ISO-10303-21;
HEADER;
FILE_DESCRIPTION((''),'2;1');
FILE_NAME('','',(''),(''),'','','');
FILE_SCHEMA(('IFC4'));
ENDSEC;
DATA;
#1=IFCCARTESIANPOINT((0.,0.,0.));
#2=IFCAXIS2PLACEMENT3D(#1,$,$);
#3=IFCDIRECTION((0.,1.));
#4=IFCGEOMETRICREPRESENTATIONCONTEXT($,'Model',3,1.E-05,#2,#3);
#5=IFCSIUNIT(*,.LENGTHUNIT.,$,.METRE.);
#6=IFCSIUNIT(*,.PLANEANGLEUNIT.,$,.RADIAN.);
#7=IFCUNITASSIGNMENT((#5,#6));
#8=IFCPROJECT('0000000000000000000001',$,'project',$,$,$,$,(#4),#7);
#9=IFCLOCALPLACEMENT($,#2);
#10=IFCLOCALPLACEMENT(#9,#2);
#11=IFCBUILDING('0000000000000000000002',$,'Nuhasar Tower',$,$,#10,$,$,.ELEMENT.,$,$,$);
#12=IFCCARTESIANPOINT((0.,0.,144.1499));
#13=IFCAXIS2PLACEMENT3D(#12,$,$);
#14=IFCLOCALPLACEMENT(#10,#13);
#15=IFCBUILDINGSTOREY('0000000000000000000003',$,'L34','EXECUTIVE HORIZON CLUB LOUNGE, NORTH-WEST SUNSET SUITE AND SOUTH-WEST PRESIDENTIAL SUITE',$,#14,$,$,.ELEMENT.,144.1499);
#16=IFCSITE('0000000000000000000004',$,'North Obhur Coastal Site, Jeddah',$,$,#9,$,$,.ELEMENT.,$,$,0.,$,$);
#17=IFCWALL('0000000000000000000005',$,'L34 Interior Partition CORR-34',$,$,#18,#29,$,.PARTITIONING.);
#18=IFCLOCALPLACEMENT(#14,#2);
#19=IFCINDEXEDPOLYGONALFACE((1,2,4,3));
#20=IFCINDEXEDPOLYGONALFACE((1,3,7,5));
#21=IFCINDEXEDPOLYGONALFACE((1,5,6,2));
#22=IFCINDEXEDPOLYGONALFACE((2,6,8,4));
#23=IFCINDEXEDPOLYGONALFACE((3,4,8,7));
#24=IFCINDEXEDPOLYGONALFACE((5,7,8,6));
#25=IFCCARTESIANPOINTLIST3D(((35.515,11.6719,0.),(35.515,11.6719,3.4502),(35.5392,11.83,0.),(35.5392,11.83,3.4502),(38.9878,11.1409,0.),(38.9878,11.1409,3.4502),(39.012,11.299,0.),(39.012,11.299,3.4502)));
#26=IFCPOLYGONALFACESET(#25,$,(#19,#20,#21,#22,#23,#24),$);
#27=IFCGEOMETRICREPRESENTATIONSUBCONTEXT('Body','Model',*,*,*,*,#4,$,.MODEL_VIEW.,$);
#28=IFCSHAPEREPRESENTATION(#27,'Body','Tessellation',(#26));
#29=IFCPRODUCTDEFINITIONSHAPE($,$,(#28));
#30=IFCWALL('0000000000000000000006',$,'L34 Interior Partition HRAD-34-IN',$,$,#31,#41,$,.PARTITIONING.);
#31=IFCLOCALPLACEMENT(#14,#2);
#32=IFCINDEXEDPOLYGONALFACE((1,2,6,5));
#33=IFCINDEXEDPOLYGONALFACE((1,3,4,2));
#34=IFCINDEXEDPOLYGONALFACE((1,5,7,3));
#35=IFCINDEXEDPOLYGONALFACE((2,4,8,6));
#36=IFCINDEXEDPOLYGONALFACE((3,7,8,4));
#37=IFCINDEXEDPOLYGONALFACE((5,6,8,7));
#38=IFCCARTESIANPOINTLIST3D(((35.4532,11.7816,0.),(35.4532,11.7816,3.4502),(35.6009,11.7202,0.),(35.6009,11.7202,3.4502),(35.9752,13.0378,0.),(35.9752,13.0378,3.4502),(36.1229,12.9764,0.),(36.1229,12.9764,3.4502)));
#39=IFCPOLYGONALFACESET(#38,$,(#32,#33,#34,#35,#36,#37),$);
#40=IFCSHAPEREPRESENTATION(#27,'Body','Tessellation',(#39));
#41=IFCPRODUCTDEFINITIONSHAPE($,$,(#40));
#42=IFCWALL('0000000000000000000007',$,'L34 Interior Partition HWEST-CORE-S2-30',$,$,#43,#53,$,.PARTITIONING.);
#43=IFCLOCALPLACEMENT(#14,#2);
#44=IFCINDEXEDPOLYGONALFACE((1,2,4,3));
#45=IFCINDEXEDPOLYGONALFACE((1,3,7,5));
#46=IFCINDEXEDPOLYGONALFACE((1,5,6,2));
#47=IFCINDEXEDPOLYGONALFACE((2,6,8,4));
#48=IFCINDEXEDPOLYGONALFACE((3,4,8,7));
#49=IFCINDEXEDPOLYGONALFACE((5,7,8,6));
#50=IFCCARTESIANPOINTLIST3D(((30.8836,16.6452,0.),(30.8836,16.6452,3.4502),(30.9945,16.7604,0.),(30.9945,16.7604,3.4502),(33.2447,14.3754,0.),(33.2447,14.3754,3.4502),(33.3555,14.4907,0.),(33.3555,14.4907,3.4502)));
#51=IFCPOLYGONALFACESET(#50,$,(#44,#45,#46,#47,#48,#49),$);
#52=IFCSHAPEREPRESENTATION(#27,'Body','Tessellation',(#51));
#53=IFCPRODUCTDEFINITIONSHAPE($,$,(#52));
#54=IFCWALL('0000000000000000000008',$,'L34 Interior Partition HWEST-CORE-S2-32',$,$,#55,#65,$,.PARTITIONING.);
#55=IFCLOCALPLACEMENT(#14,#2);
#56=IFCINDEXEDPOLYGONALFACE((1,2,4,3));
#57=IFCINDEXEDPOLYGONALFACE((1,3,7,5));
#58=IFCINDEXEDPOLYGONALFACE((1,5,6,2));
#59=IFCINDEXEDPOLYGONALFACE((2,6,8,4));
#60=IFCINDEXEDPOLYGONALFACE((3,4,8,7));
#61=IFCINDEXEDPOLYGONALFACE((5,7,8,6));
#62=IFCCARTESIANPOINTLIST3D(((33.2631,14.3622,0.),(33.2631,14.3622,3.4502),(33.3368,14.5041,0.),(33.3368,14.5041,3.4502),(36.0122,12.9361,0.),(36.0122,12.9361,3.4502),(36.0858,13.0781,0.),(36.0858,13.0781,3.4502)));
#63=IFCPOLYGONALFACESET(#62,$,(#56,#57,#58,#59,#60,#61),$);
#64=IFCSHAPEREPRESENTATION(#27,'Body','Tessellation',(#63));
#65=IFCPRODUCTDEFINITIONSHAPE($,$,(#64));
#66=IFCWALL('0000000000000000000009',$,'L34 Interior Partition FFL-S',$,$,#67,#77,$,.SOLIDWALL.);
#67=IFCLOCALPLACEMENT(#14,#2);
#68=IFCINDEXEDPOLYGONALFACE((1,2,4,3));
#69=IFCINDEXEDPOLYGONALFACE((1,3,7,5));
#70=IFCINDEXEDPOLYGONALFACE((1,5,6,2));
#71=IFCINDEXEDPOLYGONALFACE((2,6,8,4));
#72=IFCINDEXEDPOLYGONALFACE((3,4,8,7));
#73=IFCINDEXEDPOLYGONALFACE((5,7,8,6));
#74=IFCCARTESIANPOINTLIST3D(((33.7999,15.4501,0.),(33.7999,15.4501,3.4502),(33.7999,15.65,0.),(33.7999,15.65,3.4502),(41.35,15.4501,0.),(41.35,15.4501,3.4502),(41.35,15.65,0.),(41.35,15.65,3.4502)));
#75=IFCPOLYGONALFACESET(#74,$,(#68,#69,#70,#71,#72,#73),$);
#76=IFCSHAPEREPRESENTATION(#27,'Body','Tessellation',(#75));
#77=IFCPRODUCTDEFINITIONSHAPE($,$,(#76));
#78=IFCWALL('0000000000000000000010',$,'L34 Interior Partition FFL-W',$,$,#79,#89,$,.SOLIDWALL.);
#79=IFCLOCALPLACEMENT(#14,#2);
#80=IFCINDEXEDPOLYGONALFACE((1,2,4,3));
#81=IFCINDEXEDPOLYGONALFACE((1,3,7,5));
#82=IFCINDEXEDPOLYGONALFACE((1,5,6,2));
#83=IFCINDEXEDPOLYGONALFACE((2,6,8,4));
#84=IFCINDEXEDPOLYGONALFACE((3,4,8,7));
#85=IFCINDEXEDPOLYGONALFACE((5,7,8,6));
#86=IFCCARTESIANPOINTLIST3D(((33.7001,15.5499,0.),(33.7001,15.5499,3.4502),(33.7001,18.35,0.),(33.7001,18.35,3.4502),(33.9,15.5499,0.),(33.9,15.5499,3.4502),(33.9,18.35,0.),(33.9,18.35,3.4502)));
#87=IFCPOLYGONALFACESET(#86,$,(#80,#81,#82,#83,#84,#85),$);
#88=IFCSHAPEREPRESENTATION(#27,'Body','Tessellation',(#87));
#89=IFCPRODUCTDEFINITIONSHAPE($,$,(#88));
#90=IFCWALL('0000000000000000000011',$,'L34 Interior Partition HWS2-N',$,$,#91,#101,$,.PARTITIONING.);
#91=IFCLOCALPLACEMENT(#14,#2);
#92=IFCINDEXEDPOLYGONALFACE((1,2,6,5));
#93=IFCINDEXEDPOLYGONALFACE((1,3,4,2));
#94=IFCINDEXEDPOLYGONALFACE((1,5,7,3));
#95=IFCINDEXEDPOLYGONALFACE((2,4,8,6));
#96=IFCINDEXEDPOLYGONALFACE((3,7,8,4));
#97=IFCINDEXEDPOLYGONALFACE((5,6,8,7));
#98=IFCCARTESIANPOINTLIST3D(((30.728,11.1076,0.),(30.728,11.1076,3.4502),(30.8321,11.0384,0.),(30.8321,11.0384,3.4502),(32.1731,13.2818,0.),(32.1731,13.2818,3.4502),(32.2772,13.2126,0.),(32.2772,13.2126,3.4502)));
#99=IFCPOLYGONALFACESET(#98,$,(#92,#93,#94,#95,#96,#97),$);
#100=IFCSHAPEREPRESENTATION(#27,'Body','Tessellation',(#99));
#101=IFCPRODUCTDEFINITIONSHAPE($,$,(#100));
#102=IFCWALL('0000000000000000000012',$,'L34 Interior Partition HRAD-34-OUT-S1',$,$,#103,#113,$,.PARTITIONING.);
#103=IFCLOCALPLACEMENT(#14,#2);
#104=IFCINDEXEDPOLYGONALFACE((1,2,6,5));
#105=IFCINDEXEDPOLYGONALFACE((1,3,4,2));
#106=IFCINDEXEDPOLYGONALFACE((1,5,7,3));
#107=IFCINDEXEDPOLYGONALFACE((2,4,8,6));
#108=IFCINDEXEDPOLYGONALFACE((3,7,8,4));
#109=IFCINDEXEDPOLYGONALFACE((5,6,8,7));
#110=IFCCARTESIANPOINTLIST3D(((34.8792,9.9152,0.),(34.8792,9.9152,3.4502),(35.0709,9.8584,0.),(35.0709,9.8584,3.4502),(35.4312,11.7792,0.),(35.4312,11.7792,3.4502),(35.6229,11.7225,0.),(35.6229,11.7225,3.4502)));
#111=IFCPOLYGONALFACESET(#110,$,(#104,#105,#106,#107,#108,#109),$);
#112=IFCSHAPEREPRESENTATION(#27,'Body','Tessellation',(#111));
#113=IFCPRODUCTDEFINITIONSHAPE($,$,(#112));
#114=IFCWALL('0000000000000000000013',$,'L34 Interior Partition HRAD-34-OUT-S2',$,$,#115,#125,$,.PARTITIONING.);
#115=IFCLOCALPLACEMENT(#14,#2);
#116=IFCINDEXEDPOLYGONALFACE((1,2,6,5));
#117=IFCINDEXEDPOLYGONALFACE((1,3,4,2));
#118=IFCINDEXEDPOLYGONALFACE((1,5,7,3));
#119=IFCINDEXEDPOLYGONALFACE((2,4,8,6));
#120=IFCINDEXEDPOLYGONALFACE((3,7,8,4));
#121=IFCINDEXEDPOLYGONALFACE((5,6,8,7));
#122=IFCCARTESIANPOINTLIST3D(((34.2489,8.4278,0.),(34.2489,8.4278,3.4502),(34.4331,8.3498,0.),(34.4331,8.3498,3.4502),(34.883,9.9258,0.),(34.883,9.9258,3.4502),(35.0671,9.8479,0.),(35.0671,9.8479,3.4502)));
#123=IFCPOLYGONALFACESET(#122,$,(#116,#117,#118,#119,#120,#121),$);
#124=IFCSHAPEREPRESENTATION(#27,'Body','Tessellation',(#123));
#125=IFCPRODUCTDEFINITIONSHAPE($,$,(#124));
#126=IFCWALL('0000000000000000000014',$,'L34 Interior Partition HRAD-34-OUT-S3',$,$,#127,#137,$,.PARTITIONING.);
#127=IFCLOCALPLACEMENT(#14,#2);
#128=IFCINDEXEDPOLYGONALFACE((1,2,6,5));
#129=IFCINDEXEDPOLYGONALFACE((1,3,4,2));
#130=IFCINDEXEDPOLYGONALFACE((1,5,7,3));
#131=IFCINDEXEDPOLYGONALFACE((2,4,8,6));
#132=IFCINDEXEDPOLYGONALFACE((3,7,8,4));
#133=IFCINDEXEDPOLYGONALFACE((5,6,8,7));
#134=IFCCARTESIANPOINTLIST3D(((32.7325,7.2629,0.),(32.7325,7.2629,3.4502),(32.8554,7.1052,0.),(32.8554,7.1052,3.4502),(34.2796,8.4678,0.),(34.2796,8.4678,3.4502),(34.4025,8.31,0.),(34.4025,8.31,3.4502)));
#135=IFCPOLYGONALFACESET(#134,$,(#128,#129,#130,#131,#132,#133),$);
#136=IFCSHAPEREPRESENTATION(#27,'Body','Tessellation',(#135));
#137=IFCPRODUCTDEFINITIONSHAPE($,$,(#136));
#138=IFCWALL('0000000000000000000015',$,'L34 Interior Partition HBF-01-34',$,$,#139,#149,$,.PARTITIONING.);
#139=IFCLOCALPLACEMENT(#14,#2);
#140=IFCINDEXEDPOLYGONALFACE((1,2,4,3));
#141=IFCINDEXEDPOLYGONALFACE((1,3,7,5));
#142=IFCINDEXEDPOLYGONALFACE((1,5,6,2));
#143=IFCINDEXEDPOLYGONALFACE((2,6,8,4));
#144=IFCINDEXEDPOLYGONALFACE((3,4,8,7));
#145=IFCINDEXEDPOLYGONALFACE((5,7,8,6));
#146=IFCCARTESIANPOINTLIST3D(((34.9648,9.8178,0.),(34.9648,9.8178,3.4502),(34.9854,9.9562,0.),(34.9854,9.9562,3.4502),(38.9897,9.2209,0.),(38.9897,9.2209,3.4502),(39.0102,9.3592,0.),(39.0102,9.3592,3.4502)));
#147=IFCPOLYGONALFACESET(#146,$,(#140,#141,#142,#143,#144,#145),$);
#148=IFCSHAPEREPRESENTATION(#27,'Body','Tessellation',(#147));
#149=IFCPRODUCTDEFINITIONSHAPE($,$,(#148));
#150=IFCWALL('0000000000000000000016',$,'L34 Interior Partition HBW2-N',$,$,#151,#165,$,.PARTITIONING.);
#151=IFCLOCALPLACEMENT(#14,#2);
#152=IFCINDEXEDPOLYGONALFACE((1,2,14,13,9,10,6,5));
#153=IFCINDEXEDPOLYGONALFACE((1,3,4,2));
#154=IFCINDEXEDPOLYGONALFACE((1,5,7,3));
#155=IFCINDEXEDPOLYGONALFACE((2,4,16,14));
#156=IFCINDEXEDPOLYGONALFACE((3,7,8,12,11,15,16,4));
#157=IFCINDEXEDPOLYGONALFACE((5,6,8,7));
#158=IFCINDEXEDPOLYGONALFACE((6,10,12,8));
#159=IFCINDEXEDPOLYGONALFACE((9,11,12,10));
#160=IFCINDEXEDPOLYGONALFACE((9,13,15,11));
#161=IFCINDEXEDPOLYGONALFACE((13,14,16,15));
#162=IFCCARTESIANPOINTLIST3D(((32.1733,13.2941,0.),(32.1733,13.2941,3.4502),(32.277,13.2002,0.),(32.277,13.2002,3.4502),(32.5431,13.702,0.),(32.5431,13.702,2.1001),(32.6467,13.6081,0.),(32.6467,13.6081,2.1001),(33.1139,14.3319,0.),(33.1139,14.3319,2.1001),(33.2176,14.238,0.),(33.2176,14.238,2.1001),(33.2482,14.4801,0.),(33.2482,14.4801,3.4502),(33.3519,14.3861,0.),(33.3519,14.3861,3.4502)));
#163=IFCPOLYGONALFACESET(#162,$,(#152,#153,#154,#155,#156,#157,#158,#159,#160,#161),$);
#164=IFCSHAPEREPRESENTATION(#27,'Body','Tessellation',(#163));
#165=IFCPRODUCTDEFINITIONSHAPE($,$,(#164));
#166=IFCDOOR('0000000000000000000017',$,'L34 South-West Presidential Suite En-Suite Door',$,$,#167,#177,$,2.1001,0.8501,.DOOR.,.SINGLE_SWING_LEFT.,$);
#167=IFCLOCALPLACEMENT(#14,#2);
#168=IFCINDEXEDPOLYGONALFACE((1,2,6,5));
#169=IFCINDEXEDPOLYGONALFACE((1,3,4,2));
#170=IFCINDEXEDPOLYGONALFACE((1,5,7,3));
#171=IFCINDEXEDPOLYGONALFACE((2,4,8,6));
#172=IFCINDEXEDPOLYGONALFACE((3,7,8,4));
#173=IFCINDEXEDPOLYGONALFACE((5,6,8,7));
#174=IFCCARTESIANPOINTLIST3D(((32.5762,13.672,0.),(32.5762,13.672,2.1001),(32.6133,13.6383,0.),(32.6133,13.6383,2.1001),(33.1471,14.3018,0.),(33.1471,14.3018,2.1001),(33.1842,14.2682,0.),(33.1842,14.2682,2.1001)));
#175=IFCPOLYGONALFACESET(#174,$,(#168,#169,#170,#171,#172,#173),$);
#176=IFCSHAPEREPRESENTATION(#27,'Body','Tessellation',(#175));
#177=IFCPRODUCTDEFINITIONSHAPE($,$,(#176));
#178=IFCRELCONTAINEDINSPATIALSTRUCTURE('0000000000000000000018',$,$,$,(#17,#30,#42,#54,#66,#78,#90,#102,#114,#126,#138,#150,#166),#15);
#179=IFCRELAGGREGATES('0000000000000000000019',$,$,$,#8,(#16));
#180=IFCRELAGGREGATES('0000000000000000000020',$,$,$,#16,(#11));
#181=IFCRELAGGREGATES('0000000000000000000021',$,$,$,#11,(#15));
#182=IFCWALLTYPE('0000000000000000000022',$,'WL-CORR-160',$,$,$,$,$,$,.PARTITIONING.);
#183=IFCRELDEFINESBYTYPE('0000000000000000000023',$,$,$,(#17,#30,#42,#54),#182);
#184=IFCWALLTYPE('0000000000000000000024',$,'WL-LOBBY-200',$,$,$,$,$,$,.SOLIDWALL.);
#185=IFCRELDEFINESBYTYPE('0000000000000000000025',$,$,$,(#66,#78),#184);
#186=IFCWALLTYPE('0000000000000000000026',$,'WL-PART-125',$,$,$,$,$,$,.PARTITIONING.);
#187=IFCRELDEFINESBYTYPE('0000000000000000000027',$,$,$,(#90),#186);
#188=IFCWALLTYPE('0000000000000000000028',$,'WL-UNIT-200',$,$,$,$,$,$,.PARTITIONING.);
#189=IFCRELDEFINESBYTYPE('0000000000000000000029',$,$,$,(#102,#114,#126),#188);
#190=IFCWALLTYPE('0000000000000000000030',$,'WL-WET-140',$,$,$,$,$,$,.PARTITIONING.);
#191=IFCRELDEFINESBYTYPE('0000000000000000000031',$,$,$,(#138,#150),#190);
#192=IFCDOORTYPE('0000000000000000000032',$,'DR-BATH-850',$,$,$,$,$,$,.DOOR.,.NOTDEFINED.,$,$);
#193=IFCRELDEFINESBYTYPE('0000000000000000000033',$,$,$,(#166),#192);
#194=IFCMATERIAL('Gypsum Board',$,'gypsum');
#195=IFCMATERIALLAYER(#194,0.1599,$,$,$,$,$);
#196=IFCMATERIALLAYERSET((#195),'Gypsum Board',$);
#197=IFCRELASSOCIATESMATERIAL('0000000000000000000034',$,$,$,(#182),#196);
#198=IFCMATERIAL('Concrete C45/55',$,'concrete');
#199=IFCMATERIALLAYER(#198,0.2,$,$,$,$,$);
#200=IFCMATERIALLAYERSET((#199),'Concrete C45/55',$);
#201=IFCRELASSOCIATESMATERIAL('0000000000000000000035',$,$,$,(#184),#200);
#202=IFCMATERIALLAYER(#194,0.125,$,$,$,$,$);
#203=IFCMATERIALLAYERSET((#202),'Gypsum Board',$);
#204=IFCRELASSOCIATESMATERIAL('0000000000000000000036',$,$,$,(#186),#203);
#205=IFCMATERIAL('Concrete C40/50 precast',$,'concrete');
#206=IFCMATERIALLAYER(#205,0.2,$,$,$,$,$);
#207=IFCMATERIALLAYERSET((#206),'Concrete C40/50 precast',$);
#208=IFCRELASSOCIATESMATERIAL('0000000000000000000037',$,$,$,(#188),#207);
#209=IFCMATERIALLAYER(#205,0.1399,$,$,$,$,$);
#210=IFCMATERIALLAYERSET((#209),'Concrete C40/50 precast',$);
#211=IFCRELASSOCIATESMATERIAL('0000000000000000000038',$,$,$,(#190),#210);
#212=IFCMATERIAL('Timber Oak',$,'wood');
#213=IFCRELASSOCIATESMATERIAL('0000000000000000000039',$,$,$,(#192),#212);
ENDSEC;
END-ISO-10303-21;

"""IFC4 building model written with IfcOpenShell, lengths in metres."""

from ifc_helpers import new_model, si_unit, direction, frame, frame_2d, origin, place, context, subcontext, project, spatial, rectangle, extrude, material, layer, layer_set, type_object, element, fill, save


model = new_model("IFC4")

# Units and contexts
model_context = context("Model", 3, precision=1e-05, world=origin(), true_north=direction((0.0, 1.0)))
body_context = subcontext(model_context, "Body", "Model", "MODEL_VIEW")
ifc_project = project(units=[si_unit("LENGTHUNIT", "METRE"), si_unit("PLANEANGLEUNIT", "RADIAN")], contexts=[model_context])

# Site, building, storey
site_placement = place(None, origin())
site = spatial("IfcSite", under=ifc_project, at=site_placement, Name="North Obhur Coastal Site, Jeddah", CompositionType="ELEMENT", RefElevation=0.0)
building_placement = place(site_placement, origin())
building = spatial("IfcBuilding", under=site, at=building_placement, Name="Nuhasar Tower", CompositionType="ELEMENT")
storey_placement = place(building_placement, frame((0.0, 0.0, 144.1499)))
storey = spatial("IfcBuildingStorey", under=building, at=storey_placement, Name="L34", Description="EXECUTIVE HORIZON CLUB LOUNGE, NORTH-WEST SUNSET SUITE AND SOUTH-WEST PRESIDENTIAL SUITE", CompositionType="ELEMENT", Elevation=144.1499)

# Walls
ifc_material_1 = material(Name="Gypsum Board", Category="gypsum")
ifc_layer_1 = layer(ifc_material_1, 0.1599)
ifc_layer_set_1 = layer_set([ifc_layer_1], Name="Gypsum Board")
wall_type_1 = type_object("IfcWallType", Name="WL-CORR-160", PredefinedType="PARTITIONING", material=ifc_layer_set_1)
wall_1_placement = place(storey_placement, frame((35.5271, 11.751, 0.0), z_axis=(0.0, 0.0, 1.0), x_axis=(0.988512, -0.151143, 0.0)))
element("IfcWall", 1, at=wall_1_placement, inside=storey, type_object=wall_type_1, Name="L34 Interior Partition CORR-34", PredefinedType="PARTITIONING", context=body_context, shape_type="SweptSolid", body=[
    extrude(rectangle(XDim=3.5132, YDim=0.1599, at=frame_2d((1.7566, 0.0))), origin(), (0.0, 0.0, 1.0), 3.4502),
])
wall_2_placement = place(storey_placement, frame((36.0491, 13.0071, 0.0), z_axis=(0.0, 0.0, 1.0), x_axis=(-0.383736, -0.923443, 0.0)))
element("IfcWall", 2, at=wall_2_placement, inside=storey, type_object=wall_type_1, Name="L34 Interior Partition HRAD-34-IN", PredefinedType="PARTITIONING", context=body_context, shape_type="SweptSolid", body=[
    extrude(rectangle(XDim=1.3604, YDim=0.1599, at=frame_2d((0.6802, 0.0))), origin(), (0.0, 0.0, 1.0), 3.4502),
])
wall_3_placement = place(storey_placement, frame((30.939, 16.7029, 0.0), z_axis=(0.0, 0.0, 1.0), x_axis=(0.720909, -0.69303, 0.0)))
element("IfcWall", 3, at=wall_3_placement, inside=storey, type_object=wall_type_1, Name="L34 Interior Partition HWEST-CORE-S2-30", PredefinedType="PARTITIONING", context=body_context, shape_type="SweptSolid", body=[
    extrude(rectangle(XDim=3.2751, YDim=0.1599, at=frame_2d((1.6377, 0.0))), origin(), (0.0, 0.0, 1.0), 3.4502),
])
wall_4_placement = place(storey_placement, frame((33.3, 14.4331, 0.0), z_axis=(0.0, 0.0, 1.0), x_axis=(0.887675, -0.460471, 0.0)))
element("IfcWall", 4, at=wall_4_placement, inside=storey, type_object=wall_type_1, Name="L34 Interior Partition HWEST-CORE-S2-32", PredefinedType="PARTITIONING", context=body_context, shape_type="SweptSolid", body=[
    extrude(rectangle(XDim=3.0969, YDim=0.1599, at=frame_2d((1.5483, 0.0))), origin(), (0.0, 0.0, 1.0), 3.4502),
])
ifc_material_2 = material(Name="Concrete C45/55", Category="concrete")
ifc_layer_2 = layer(ifc_material_2, 0.2)
ifc_layer_set_2 = layer_set([ifc_layer_2], Name="Concrete C45/55")
wall_type_2 = type_object("IfcWallType", Name="WL-LOBBY-200", PredefinedType="SOLIDWALL", material=ifc_layer_set_2)
wall_5_placement = place(storey_placement, frame((33.8, 15.55, 0.0), z_axis=(0.0, 0.0, 1.0), x_axis=(1.0, 0.0, 0.0)))
element("IfcWall", 5, at=wall_5_placement, inside=storey, type_object=wall_type_2, Name="L34 Interior Partition FFL-S", PredefinedType="SOLIDWALL", context=body_context, shape_type="SweptSolid", body=[
    extrude(rectangle(XDim=7.55, YDim=0.2, at=frame_2d((3.7749, 0.0))), origin(), (0.0, 0.0, 1.0), 3.4502),
])
wall_6_placement = place(storey_placement, frame((33.8, 15.55, 0.0), z_axis=(0.0, 0.0, 1.0), x_axis=(0.0, 1.0, 0.0)))
element("IfcWall", 6, at=wall_6_placement, inside=storey, type_object=wall_type_2, Name="L34 Interior Partition FFL-W", PredefinedType="SOLIDWALL", context=body_context, shape_type="SweptSolid", body=[
    extrude(rectangle(XDim=2.8, YDim=0.2, at=frame_2d((1.3999, 0.0))), origin(), (0.0, 0.0, 1.0), 3.4502),
])
ifc_layer_3 = layer(ifc_material_1, 0.125)
ifc_layer_set_3 = layer_set([ifc_layer_3], Name="Gypsum Board")
wall_type_3 = type_object("IfcWallType", Name="WL-PART-125", PredefinedType="PARTITIONING", material=ifc_layer_set_3)
wall_7_placement = place(storey_placement, frame((32.2251, 13.2471, 0.0), z_axis=(0.0, 0.0, 1.0), x_axis=(-0.553556, -0.832812, 0.0)))
element("IfcWall", 7, at=wall_7_placement, inside=storey, type_object=wall_type_3, Name="L34 Interior Partition HWS2-N", PredefinedType="PARTITIONING", context=body_context, shape_type="SweptSolid", body=[
    extrude(rectangle(XDim=2.6106, YDim=0.125, at=frame_2d((1.3052, 0.0))), origin(), (0.0, 0.0, 1.0), 3.4502),
])
ifc_material_3 = material(Name="Concrete C40/50 precast", Category="concrete")
ifc_layer_4 = layer(ifc_material_3, 0.2)
ifc_layer_set_4 = layer_set([ifc_layer_4], Name="Concrete C40/50 precast")
wall_type_4 = type_object("IfcWallType", Name="WL-UNIT-200", PredefinedType="PARTITIONING", material=ifc_layer_set_4)
wall_8_placement = place(storey_placement, frame((35.5271, 11.751, 0.0), z_axis=(0.0, 0.0, 1.0), x_axis=(-0.283947, -0.95884, 0.0)))
element("IfcWall", 8, at=wall_8_placement, inside=storey, type_object=wall_type_4, Name="L34 Interior Partition HRAD-34-OUT-S1", PredefinedType="PARTITIONING", context=body_context, shape_type="SweptSolid", body=[
    extrude(rectangle(XDim=1.9441, YDim=0.2, at=frame_2d((0.9722, 0.0))), origin(), (0.0, 0.0, 1.0), 3.4502),
])
wall_9_placement = place(storey_placement, frame((34.9751, 9.887, 0.0), z_axis=(0.0, 0.0, 1.0), x_axis=(-0.389767, -0.920913, 0.0)))
element("IfcWall", 9, at=wall_9_placement, inside=storey, type_object=wall_type_4, Name="L34 Interior Partition HRAD-34-OUT-S2", PredefinedType="PARTITIONING", context=body_context, shape_type="SweptSolid", body=[
    extrude(rectangle(XDim=1.6267, YDim=0.2, at=frame_2d((0.8135, 0.0))), origin(), (0.0, 0.0, 1.0), 3.4502),
])
wall_10_placement = place(storey_placement, frame((34.3411, 8.3889, 0.0), z_axis=(0.0, 0.0, 1.0), x_axis=(-0.788977, -0.614423, 0.0)))
element("IfcWall", 10, at=wall_10_placement, inside=storey, type_object=wall_type_4, Name="L34 Interior Partition HRAD-34-OUT-S3", PredefinedType="PARTITIONING", context=body_context, shape_type="SweptSolid", body=[
    extrude(rectangle(XDim=1.9609, YDim=0.2, at=frame_2d((0.9805, 0.0))), origin(), (0.0, 0.0, 1.0), 3.4502),
])
ifc_layer_5 = layer(ifc_material_3, 0.1399)
ifc_layer_set_5 = layer_set([ifc_layer_5], Name="Concrete C40/50 precast")
wall_type_5 = type_object("IfcWallType", Name="WL-WET-140", PredefinedType="PARTITIONING", material=ifc_layer_set_5)
wall_11_placement = place(storey_placement, frame((34.9751, 9.887, 0.0), z_axis=(0.0, 0.0, 1.0), x_axis=(0.989181, -0.146703, 0.0)))
element("IfcWall", 11, at=wall_11_placement, inside=storey, type_object=wall_type_5, Name="L34 Interior Partition HBF-01-34", PredefinedType="PARTITIONING", context=body_context, shape_type="SweptSolid", body=[
    extrude(rectangle(XDim=4.0688, YDim=0.1399, at=frame_2d((2.0344, 0.0))), origin(), (0.0, 0.0, 1.0), 3.4502),
])

# Wall, opening, door
wall_12_placement = place(storey_placement, frame((33.3, 14.4331, 0.0), z_axis=(0.0, 0.0, 1.0), x_axis=(-0.671556, -0.740954, 0.0)))
wall_12 = element("IfcWall", 12, at=wall_12_placement, inside=storey, type_object=wall_type_5, Name="L34 Interior Partition HBW2-N", PredefinedType="PARTITIONING", context=body_context, shape_type="SweptSolid", body=[
    extrude(rectangle(XDim=1.6006, YDim=0.1399, at=frame_2d((0.8003, 0.0))), origin(), (0.0, 0.0, 1.0), 3.4502),
])
opening_placement = place(wall_12_placement, frame((0.2, 0.0, 0.0)))
opening = element("IfcOpeningElement", 13, at=opening_placement, cuts=wall_12, PredefinedType="OPENING", context=body_context, shape_type="SweptSolid", body=[
    extrude(rectangle(XDim=0.8501, YDim=2.1001, at=frame_2d((0.425, 1.05))), frame((0.0, 0.0801, 0.0), z_axis=(0.0, -1.0, 0.0), x_axis=(1.0, 0.0, 0.0)), (0.0, 0.0, 1.0), 0.1599),
])
ifc_material_4 = material(Name="Timber Oak", Category="wood")
door_type = type_object("IfcDoorType", Name="DR-BATH-850", OperationType="NOTDEFINED", PredefinedType="DOOR", material=ifc_material_4)
door_placement = place(opening_placement, origin())
door = element("IfcDoor", 14, at=door_placement, inside=storey, type_object=door_type, Name="L34 South-West Presidential Suite En-Suite Door", OperationType="SINGLE_SWING_LEFT", OverallHeight=2.1001, OverallWidth=0.8501, PredefinedType="DOOR", context=body_context, shape_type="SweptSolid", body=[
    extrude(rectangle(XDim=0.8501, YDim=2.1001, at=frame_2d((0.425, 1.05))), frame((0.0, 0.0249, 0.0), z_axis=(0.0, -1.0, 0.0), x_axis=(1.0, 0.0, 0.0)), (0.0, 0.0, 1.0), 0.05),
])
fill(opening, door)

save(model, "model.ifc")
